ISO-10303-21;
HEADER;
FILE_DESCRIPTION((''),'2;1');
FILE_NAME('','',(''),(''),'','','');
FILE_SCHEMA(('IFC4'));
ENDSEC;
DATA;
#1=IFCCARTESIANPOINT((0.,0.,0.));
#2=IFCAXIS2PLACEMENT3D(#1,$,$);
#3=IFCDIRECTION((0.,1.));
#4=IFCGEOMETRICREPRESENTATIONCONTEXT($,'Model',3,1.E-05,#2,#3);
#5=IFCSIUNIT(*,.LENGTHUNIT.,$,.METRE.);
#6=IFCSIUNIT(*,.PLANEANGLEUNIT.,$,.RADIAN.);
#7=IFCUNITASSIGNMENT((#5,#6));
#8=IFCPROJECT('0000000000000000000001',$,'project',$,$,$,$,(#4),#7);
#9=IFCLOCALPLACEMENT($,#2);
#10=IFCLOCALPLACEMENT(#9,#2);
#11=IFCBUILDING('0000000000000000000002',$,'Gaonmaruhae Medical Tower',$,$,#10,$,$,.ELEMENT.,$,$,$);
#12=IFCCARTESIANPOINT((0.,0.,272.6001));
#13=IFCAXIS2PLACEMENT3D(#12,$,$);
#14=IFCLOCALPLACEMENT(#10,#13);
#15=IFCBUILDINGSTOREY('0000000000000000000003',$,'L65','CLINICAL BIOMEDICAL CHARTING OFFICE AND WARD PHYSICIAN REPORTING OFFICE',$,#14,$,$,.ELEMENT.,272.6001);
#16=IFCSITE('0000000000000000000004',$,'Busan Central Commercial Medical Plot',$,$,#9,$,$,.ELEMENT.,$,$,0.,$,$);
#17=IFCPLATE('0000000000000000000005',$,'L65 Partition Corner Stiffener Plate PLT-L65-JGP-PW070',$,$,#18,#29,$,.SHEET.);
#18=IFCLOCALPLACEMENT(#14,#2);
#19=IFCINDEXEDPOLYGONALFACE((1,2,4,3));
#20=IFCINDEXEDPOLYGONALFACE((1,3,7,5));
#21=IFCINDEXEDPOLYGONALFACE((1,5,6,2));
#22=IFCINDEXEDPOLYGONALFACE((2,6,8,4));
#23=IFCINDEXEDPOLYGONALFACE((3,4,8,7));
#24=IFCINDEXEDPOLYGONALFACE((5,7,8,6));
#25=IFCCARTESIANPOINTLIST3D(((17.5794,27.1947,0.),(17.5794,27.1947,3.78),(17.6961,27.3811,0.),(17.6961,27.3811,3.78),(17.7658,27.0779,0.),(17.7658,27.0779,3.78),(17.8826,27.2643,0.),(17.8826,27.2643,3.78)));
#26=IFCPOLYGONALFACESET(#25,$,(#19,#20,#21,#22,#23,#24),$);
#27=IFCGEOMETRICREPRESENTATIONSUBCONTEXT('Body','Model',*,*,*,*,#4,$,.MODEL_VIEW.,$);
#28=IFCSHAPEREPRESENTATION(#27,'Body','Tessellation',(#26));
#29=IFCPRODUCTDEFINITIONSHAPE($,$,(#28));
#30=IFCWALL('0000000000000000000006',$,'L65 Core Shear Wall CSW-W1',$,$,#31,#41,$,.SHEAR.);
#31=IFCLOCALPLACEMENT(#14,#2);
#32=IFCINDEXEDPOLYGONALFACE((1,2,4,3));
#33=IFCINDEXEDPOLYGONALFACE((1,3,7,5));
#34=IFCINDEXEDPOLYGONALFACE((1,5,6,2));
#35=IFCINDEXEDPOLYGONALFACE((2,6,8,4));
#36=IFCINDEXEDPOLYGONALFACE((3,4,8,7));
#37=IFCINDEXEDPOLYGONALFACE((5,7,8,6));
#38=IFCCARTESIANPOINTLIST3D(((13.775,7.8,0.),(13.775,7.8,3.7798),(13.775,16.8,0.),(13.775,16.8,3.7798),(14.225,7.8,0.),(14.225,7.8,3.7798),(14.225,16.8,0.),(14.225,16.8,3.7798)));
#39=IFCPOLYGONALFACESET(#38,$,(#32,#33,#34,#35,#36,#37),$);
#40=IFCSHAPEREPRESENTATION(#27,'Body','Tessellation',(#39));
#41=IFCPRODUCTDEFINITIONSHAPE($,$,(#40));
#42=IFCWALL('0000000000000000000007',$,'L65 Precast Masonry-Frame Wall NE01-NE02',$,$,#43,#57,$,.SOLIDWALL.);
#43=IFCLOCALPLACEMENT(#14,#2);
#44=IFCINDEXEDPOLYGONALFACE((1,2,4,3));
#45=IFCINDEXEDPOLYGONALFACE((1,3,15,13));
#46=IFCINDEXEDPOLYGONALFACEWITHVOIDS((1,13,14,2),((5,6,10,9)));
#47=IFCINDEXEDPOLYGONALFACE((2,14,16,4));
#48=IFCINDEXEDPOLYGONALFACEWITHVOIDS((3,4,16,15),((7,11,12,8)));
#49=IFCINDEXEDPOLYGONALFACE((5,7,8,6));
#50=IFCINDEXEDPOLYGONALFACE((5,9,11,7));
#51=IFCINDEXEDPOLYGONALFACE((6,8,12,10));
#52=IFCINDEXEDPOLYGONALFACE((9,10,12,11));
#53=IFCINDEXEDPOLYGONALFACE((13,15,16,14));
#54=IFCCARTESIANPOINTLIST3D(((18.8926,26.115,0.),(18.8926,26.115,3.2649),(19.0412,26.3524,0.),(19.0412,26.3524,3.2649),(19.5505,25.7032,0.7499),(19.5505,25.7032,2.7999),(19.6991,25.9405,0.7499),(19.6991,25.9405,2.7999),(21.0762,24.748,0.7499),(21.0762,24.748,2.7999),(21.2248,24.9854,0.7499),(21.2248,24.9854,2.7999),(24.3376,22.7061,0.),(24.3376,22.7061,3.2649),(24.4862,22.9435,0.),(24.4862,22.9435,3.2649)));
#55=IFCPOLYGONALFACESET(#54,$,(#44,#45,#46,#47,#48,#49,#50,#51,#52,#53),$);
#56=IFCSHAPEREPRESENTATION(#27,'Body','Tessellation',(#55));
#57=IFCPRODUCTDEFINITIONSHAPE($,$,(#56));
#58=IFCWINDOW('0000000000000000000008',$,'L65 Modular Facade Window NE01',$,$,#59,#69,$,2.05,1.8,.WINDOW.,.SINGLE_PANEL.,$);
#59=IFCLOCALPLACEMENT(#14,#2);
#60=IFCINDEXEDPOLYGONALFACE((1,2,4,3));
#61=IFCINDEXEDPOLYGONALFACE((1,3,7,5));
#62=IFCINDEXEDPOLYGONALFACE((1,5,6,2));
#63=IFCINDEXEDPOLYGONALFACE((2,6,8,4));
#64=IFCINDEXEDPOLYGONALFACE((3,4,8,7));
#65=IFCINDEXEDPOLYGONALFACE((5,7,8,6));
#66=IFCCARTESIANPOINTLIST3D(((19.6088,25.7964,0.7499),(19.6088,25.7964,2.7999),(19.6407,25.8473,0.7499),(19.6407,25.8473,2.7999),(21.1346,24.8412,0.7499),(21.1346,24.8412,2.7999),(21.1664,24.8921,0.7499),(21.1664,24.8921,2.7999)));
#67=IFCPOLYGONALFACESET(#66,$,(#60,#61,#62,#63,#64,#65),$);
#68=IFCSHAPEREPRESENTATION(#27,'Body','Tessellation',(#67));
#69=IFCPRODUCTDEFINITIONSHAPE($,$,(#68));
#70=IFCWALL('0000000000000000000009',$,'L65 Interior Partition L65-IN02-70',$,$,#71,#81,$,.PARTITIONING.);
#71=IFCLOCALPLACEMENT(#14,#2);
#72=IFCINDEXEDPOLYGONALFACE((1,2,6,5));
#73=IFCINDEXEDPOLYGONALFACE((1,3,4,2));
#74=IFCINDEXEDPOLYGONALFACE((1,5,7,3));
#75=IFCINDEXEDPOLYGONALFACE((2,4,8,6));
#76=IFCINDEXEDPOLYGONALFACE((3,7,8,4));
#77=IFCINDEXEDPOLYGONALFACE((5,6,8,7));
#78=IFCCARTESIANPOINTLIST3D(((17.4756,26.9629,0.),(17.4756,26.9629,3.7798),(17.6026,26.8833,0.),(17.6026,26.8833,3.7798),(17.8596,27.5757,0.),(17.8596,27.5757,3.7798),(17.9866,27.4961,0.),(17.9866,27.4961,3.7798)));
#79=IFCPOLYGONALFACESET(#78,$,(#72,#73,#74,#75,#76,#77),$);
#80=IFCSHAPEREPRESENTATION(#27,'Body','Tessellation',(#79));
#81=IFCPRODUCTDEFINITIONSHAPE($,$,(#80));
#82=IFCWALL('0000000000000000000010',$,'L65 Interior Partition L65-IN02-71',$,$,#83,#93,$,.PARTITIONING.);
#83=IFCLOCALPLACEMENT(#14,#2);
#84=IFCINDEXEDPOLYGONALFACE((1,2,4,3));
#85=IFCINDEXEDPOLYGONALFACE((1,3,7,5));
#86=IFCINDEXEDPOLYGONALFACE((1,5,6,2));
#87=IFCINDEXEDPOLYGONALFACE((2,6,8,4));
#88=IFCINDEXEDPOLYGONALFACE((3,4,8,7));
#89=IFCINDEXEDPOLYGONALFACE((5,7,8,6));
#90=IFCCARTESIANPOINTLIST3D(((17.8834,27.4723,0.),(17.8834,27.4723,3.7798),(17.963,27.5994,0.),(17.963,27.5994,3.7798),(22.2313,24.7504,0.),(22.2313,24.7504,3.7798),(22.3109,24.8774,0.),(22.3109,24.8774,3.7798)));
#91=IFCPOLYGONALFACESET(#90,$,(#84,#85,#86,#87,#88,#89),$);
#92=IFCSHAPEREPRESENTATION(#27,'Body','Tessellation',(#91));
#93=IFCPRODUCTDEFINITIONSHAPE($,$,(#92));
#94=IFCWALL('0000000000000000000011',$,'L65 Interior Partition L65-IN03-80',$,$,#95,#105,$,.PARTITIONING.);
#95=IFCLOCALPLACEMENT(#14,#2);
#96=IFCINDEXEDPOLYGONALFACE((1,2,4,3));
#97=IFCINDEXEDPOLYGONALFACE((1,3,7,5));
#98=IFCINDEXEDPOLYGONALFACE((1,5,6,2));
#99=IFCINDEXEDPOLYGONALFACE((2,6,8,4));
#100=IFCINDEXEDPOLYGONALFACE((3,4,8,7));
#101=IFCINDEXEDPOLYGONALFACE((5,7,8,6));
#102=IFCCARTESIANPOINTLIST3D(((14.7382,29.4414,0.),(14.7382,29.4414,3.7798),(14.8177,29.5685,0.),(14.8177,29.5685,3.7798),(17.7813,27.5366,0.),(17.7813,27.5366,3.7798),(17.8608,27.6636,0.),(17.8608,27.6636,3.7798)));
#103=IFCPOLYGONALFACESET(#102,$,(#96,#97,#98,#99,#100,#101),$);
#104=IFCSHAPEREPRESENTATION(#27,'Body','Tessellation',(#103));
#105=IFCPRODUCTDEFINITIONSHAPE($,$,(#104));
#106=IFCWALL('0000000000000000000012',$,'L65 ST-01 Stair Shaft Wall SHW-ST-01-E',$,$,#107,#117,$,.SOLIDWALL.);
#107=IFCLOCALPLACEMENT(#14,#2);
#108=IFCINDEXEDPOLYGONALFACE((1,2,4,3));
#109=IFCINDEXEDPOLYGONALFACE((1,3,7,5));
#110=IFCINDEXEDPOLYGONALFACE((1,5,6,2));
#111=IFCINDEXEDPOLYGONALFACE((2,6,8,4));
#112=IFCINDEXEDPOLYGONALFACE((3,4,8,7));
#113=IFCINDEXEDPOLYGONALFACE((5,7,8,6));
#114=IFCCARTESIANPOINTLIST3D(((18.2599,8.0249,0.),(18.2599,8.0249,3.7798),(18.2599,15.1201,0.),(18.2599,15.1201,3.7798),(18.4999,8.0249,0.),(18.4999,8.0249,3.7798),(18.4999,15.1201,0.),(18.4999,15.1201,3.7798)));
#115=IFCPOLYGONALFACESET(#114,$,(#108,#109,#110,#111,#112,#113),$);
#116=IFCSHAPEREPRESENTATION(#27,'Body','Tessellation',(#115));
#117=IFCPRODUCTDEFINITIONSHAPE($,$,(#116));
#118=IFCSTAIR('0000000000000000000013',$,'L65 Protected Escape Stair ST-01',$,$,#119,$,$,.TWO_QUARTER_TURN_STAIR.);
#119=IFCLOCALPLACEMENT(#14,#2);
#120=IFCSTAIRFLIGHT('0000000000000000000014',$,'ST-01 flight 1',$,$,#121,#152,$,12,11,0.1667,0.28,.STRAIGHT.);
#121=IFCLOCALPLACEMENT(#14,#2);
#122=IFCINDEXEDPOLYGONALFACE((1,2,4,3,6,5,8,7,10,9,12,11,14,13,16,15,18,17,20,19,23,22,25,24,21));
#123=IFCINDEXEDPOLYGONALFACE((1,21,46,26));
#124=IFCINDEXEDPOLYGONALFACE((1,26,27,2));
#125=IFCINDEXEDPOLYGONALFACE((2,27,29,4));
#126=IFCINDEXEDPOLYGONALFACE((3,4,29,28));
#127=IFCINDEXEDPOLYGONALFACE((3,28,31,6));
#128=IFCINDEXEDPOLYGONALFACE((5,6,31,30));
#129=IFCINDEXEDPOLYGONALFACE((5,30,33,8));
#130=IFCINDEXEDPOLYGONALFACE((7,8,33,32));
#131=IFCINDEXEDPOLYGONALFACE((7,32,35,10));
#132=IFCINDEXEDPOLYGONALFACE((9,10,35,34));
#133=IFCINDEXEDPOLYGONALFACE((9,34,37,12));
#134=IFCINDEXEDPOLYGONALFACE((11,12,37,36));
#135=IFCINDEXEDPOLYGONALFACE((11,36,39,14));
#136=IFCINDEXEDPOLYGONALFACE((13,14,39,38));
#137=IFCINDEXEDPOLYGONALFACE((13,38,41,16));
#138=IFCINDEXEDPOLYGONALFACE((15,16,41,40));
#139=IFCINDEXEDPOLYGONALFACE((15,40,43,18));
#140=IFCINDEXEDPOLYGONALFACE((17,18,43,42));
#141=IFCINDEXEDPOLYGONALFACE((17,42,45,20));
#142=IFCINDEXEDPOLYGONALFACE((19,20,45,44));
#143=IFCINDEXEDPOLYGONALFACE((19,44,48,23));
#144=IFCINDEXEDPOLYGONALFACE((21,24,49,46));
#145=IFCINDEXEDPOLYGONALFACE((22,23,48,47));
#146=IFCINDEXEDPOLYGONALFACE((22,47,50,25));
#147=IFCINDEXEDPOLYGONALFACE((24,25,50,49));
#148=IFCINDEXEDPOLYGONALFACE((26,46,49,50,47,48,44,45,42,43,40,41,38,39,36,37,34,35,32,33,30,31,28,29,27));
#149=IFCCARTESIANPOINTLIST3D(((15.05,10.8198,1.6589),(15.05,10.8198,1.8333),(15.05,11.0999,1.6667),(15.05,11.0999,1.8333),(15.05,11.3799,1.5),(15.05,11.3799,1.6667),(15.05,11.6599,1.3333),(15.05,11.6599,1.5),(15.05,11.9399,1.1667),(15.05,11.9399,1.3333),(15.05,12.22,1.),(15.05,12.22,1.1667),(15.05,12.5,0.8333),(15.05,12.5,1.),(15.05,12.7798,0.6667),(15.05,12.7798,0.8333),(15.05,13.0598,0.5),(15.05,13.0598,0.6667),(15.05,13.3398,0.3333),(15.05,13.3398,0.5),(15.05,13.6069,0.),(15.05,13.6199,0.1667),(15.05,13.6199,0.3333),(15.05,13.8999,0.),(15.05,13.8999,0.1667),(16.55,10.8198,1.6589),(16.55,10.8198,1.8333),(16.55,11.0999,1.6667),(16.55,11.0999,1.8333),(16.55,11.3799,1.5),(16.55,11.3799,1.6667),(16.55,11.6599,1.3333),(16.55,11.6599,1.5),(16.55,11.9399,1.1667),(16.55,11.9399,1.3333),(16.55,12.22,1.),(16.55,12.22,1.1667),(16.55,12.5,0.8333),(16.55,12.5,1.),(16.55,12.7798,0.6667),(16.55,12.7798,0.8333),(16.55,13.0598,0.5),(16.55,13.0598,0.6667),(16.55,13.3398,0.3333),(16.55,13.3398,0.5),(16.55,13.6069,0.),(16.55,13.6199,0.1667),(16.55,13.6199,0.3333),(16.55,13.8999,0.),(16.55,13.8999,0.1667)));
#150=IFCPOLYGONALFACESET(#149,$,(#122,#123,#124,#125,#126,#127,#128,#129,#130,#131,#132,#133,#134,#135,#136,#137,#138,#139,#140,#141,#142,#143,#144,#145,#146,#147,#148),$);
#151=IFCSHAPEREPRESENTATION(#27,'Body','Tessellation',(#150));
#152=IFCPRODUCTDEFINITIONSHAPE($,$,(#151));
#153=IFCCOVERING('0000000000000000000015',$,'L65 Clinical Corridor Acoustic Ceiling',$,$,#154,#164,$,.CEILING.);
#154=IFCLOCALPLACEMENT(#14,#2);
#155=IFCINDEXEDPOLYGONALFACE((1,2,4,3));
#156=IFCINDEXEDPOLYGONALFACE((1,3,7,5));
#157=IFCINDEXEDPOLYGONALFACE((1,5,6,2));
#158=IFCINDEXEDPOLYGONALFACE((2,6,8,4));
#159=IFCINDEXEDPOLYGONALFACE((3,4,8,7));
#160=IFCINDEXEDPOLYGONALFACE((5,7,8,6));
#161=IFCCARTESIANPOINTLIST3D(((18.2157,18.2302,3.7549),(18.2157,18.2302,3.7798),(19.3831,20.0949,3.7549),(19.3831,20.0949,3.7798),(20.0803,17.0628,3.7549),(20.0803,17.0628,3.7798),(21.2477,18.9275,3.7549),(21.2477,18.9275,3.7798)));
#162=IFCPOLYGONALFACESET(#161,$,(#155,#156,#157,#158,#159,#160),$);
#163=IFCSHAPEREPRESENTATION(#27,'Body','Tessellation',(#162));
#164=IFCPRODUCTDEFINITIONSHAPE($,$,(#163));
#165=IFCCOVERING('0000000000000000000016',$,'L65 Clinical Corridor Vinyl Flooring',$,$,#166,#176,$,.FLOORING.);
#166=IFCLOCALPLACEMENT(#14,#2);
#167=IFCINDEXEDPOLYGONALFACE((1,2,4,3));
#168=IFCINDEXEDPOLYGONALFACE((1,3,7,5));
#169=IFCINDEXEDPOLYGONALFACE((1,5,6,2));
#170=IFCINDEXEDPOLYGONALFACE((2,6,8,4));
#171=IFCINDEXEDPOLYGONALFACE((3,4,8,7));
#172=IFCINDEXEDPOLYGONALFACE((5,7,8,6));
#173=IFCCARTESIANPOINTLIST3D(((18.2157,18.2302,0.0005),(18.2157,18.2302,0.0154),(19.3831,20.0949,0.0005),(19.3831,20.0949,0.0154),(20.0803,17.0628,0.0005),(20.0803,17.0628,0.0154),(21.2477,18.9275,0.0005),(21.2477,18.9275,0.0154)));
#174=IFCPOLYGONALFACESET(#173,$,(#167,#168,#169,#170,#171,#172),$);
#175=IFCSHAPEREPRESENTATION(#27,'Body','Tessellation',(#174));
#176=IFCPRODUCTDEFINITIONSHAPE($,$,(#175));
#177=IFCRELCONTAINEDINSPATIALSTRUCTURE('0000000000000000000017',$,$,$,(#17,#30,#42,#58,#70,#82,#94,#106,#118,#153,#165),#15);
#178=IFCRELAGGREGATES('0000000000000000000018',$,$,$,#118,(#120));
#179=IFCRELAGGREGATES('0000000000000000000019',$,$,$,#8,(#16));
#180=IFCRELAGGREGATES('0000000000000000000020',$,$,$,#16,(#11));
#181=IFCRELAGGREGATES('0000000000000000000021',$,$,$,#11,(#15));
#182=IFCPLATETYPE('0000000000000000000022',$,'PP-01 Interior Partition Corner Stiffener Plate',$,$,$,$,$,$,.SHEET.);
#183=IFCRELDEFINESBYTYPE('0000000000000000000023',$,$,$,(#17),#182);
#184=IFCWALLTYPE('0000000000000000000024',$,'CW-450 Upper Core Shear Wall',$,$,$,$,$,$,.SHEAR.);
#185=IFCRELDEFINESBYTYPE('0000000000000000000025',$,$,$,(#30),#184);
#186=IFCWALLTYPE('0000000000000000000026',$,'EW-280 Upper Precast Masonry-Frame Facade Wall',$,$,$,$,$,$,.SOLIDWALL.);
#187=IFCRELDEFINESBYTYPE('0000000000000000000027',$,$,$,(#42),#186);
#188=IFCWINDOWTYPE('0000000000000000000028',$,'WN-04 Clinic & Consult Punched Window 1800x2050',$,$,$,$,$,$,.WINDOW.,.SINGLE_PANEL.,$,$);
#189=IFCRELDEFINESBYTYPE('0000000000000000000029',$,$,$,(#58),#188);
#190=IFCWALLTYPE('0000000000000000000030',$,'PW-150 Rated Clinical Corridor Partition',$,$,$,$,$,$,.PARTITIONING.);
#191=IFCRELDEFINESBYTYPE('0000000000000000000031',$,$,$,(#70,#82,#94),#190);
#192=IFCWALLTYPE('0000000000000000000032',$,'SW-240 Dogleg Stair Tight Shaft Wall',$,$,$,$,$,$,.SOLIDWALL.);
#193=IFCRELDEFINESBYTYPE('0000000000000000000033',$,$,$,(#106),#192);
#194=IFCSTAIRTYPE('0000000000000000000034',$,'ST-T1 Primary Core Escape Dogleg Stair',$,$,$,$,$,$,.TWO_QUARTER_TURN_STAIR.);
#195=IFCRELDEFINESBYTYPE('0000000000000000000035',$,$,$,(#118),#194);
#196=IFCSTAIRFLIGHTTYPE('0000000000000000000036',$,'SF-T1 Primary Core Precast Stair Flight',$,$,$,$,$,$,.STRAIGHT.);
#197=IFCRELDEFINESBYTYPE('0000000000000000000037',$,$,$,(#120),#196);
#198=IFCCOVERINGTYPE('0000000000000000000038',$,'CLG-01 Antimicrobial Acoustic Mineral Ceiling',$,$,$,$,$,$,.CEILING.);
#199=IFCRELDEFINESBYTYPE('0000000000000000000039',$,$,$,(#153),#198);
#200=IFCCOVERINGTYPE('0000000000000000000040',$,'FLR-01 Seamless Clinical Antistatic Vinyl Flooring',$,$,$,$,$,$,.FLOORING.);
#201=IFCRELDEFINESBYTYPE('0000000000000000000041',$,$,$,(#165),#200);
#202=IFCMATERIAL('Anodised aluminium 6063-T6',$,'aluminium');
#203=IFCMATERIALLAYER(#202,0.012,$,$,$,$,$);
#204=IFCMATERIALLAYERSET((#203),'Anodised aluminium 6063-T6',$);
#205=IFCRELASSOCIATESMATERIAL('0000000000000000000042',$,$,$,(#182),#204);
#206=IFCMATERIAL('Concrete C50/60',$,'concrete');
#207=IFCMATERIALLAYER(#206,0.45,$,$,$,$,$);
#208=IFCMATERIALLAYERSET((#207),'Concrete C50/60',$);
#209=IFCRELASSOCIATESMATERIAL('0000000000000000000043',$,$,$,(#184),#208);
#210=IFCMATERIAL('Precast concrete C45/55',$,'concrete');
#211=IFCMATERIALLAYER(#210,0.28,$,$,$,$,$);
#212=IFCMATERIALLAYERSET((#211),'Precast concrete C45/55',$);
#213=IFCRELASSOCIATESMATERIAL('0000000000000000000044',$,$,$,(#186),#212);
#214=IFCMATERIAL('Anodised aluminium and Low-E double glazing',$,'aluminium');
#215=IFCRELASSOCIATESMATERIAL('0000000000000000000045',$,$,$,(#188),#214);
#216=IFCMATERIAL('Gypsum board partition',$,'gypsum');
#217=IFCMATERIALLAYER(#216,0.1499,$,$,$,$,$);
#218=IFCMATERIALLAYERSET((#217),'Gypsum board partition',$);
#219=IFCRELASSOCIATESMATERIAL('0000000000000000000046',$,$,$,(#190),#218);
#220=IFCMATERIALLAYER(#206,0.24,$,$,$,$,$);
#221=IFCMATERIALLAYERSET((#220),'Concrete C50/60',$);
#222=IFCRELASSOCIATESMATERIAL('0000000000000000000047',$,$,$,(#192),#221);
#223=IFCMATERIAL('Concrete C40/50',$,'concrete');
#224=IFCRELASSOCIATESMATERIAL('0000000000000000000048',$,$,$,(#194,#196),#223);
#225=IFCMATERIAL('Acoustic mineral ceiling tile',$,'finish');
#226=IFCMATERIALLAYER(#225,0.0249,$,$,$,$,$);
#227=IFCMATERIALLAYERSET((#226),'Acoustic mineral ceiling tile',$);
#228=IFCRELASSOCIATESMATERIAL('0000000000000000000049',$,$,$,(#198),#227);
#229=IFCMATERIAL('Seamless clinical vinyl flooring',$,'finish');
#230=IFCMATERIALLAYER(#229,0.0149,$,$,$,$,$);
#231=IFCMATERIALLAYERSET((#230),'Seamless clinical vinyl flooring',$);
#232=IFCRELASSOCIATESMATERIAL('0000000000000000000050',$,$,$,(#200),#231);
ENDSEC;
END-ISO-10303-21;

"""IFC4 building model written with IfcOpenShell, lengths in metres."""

from ifc_helpers import new_model, si_unit, direction, frame, frame_2d, origin, origin_2d, place, context, subcontext, project, spatial, polyline, rectangle, outline, extrude, material, layer, layer_set, type_object, element, fill, aggregate, save


model = new_model("IFC4")

# Units and contexts
model_context = context("Model", 3, precision=1e-05, world=origin(), true_north=direction((0.0, 1.0)))
body_context = subcontext(model_context, "Body", "Model", "MODEL_VIEW")
ifc_project = project(units=[si_unit("LENGTHUNIT", "METRE"), si_unit("PLANEANGLEUNIT", "RADIAN")], contexts=[model_context])

# Site, building, storey
site_placement = place(None, origin())
site = spatial("IfcSite", under=ifc_project, at=site_placement, Name="Busan Central Commercial Medical Plot", CompositionType="ELEMENT", RefElevation=0.0)
building_placement = place(site_placement, origin())
building = spatial("IfcBuilding", under=site, at=building_placement, Name="Gaonmaruhae Medical Tower", CompositionType="ELEMENT")
storey_placement = place(building_placement, frame((0.0, 0.0, 272.6001)))
storey = spatial("IfcBuildingStorey", under=building, at=storey_placement, Name="L65", Description="CLINICAL BIOMEDICAL CHARTING OFFICE AND WARD PHYSICIAN REPORTING OFFICE", CompositionType="ELEMENT", Elevation=272.6001)

# Shared definitions
ifc_material_1 = material(Name="Concrete C50/60", Category="concrete")

# Plate
ifc_material_2 = material(Name="Anodised aluminium 6063-T6", Category="aluminium")
ifc_layer_1 = layer(ifc_material_2, 0.012)
ifc_layer_set_1 = layer_set([ifc_layer_1], Name="Anodised aluminium 6063-T6")
plate_type = type_object("IfcPlateType", Name="PP-01 Interior Partition Corner Stiffener Plate", PredefinedType="SHEET", material=ifc_layer_set_1)
plate_placement = place(storey_placement, frame((17.731, 27.2295, 0.0), z_axis=(0.0, 0.0, 1.0), x_axis=(0.530866, 0.847456, 0.0)))
element("IfcPlate", 1, at=plate_placement, inside=storey, type_object=plate_type, Name="L65 Partition Corner Stiffener Plate PLT-L65-JGP-PW070", PredefinedType="SHEET", context=body_context, shape_type="SweptSolid", body=[
    extrude(rectangle(XDim=0.22, YDim=0.22, at=origin_2d()), origin(), (0.0, 0.0, 1.0), 3.78),
])

# Wall
ifc_layer_2 = layer(ifc_material_1, 0.45)
ifc_layer_set_2 = layer_set([ifc_layer_2], Name="Concrete C50/60")
wall_type_1 = type_object("IfcWallType", Name="CW-450 Upper Core Shear Wall", PredefinedType="SHEAR", material=ifc_layer_set_2)
wall_1_placement = place(storey_placement, frame((14.0, 16.8, 0.0), z_axis=(0.0, 0.0, 1.0), x_axis=(0.0, -1.0, 0.0)))
element("IfcWall", 2, at=wall_1_placement, inside=storey, type_object=wall_type_1, Name="L65 Core Shear Wall CSW-W1", PredefinedType="SHEAR", context=body_context, shape_type="SweptSolid", body=[
    extrude(rectangle(XDim=9.0, YDim=0.45, at=frame_2d((4.5, 0.0))), origin(), (0.0, 0.0, 1.0), 3.7798),
])

# Wall, opening, window
ifc_material_3 = material(Name="Precast concrete C45/55", Category="concrete")
ifc_layer_3 = layer(ifc_material_3, 0.28)
ifc_layer_set_3 = layer_set([ifc_layer_3], Name="Precast concrete C45/55")
wall_type_2 = type_object("IfcWallType", Name="EW-280 Upper Precast Masonry-Frame Facade Wall", PredefinedType="SOLIDWALL", material=ifc_layer_set_3)
wall_2_placement = place(storey_placement, frame((18.967, 26.2336, 0.0), z_axis=(0.0, 0.0, 1.0), x_axis=(0.847595, -0.530644, 0.0)))
wall_2 = element("IfcWall", 3, at=wall_2_placement, inside=storey, type_object=wall_type_2, Name="L65 Precast Masonry-Frame Wall NE01-NE02", PredefinedType="SOLIDWALL", context=body_context, shape_type="SweptSolid", body=[
    extrude(rectangle(XDim=6.4241, YDim=0.28, at=frame_2d((3.2119, 0.0))), origin(), (0.0, 0.0, 1.0), 3.2649),
])
opening_1_placement = place(wall_2_placement, frame((0.7761, 0.0, 0.75)))
opening_1 = element("IfcOpeningElement", 4, at=opening_1_placement, cuts=wall_2, PredefinedType="OPENING", context=body_context, shape_type="SweptSolid", body=[
    extrude(rectangle(XDim=1.8, YDim=2.05, at=frame_2d((0.8999, 1.0249))), frame((0.0, 0.1499, 0.0), z_axis=(0.0, -1.0, 0.0), x_axis=(1.0, 0.0, 0.0)), (0.0, 0.0, 1.0), 0.3),
])
ifc_material_4 = material(Name="Anodised aluminium and Low-E double glazing", Category="aluminium")
window_type = type_object("IfcWindowType", Name="WN-04 Clinic & Consult Punched Window 1800x2050", PartitioningType="SINGLE_PANEL", PredefinedType="WINDOW", material=ifc_material_4)
window_placement = place(opening_1_placement, origin())
window = element("IfcWindow", 5, at=window_placement, inside=storey, type_object=window_type, Name="L65 Modular Facade Window NE01", OverallHeight=2.05, OverallWidth=1.8, PartitioningType="SINGLE_PANEL", PredefinedType="WINDOW", context=body_context, shape_type="SweptSolid", body=[
    extrude(rectangle(XDim=1.8, YDim=2.05, at=frame_2d((0.8999, 1.0249))), frame((0.0, 0.03, 0.0), z_axis=(0.0, -1.0, 0.0), x_axis=(1.0, 0.0, 0.0)), (0.0, 0.0, 1.0), 0.0601),
])
fill(opening_1, window)

# Walls
ifc_material_5 = material(Name="Gypsum board partition", Category="gypsum")
ifc_layer_4 = layer(ifc_material_5, 0.1499)
ifc_layer_set_4 = layer_set([ifc_layer_4], Name="Gypsum board partition")
wall_type_3 = type_object("IfcWallType", Name="PW-150 Rated Clinical Corridor Partition", PredefinedType="PARTITIONING", material=ifc_layer_set_4)
wall_3_placement = place(storey_placement, frame((17.5391, 26.9231, 0.0), z_axis=(0.0, 0.0, 1.0), x_axis=(0.53103, 0.847353, 0.0)))
element("IfcWall", 6, at=wall_3_placement, inside=storey, type_object=wall_type_3, Name="L65 Interior Partition L65-IN02-70", PredefinedType="PARTITIONING", context=body_context, shape_type="SweptSolid", body=[
    extrude(rectangle(XDim=0.7231, YDim=0.1499, at=frame_2d((0.3616, 0.0))), origin(), (0.0, 0.0, 1.0), 3.7798),
])
wall_4_placement = place(storey_placement, frame((17.9231, 27.5359, 0.0), z_axis=(0.0, 0.0, 1.0), x_axis=(0.847605, -0.530628, 0.0)))
element("IfcWall", 7, at=wall_4_placement, inside=storey, type_object=wall_type_3, Name="L65 Interior Partition L65-IN02-71", PredefinedType="PARTITIONING", context=body_context, shape_type="SweptSolid", body=[
    extrude(rectangle(XDim=5.1296, YDim=0.1499, at=frame_2d((2.5649, 0.0))), origin(), (0.0, 0.0, 1.0), 3.7798),
])
wall_5_placement = place(storey_placement, frame((14.7781, 29.5049, 0.0), z_axis=(0.0, 0.0, 1.0), x_axis=(0.847631, -0.530586, 0.0)))
element("IfcWall", 8, at=wall_5_placement, inside=storey, type_object=wall_type_3, Name="L65 Interior Partition L65-IN03-80", PredefinedType="PARTITIONING", context=body_context, shape_type="SweptSolid", body=[
    extrude(rectangle(XDim=3.5901, YDim=0.1499, at=frame_2d((1.7949, 0.0))), origin(), (0.0, 0.0, 1.0), 3.7798),
])

# Shared definitions
ifc_layer_5 = layer(ifc_material_1, 0.24)
ifc_layer_set_5 = layer_set([ifc_layer_5], Name="Concrete C50/60")
wall_type_4 = type_object("IfcWallType", Name="SW-240 Dogleg Stair Tight Shaft Wall", PredefinedType="SOLIDWALL", material=ifc_layer_set_5)

# Wall
wall_6_placement = place(storey_placement, frame((18.3799, 15.1201, 0.0), z_axis=(0.0, 0.0, 1.0), x_axis=(0.0, -1.0, 0.0)))
element("IfcWall", 9, at=wall_6_placement, inside=storey, type_object=wall_type_4, Name="L65 ST-01 Stair Shaft Wall SHW-ST-01-E", PredefinedType="SOLIDWALL", context=body_context, shape_type="SweptSolid", body=[
    extrude(rectangle(XDim=7.0952, YDim=0.24, at=frame_2d((3.5476, 0.0))), origin(), (0.0, 0.0, 1.0), 3.7798),
])

# Stair, stair flight
ifc_material_6 = material(Name="Concrete C40/50", Category="concrete")
stair_type = type_object("IfcStairType", Name="ST-T1 Primary Core Escape Dogleg Stair", PredefinedType="TWO_QUARTER_TURN_STAIR", material=ifc_material_6)
stair_placement = place(storey_placement, origin())
stair = element("IfcStair", 10, at=stair_placement, inside=storey, type_object=stair_type, Name="L65 Protected Escape Stair ST-01", PredefinedType="TWO_QUARTER_TURN_STAIR")
stair_flight_type = type_object("IfcStairFlightType", Name="SF-T1 Primary Core Precast Stair Flight", PredefinedType="STRAIGHT", material=ifc_material_6)
stair_flight_placement = place(storey_placement, frame((15.8, 13.8999, 0.0), z_axis=(0.0, 0.0, 1.0), x_axis=(0.0, -1.0, 0.0)))
stair_flight = element("IfcStairFlight", 11, at=stair_flight_placement, type_object=stair_flight_type, Name="ST-01 flight 1", NumberOfRisers=12, NumberOfTreads=11, PredefinedType="STRAIGHT", RiserHeight=0.1667, TreadLength=0.28, context=body_context, shape_type="SweptSolid", body=[
    extrude(outline(polyline([(0.0, 0.0), (0.0, 0.1667), (0.28, 0.1667), (0.28, 0.3333), (0.5601, 0.3333), (0.5601, 0.5), (0.8401, 0.5), (0.8401, 0.6667), (1.1201, 0.6667), (1.1201, 0.8333), (1.3999, 0.8333), (1.3999, 1.0), (1.6799, 1.0), (1.6799, 1.1667), (1.96, 1.1667), (1.96, 1.3333), (2.24, 1.3333), (2.24, 1.5), (2.52, 1.5), (2.52, 1.6667), (2.8, 1.6667), (2.8, 1.8333), (3.0801, 1.8333), (3.0801, 2.0), (3.0801, 1.6589), (0.293, 0.0), (0.0, 0.0)])), frame((0.0, 0.75, 0.0), z_axis=(0.0, -1.0, 0.0), x_axis=(1.0, 0.0, 0.0)), (0.0, 0.0, 1.0), 1.5),
])
aggregate(stair, [stair_flight])

# Coverings
ifc_material_7 = material(Name="Acoustic mineral ceiling tile", Category="finish")
ifc_layer_6 = layer(ifc_material_7, 0.0249)
ifc_layer_set_6 = layer_set([ifc_layer_6], Name="Acoustic mineral ceiling tile")
covering_type_1 = type_object("IfcCoveringType", Name="CLG-01 Antimicrobial Acoustic Mineral Ceiling", PredefinedType="CEILING", material=ifc_layer_set_6)
covering_1_placement = place(storey_placement, frame((19.7317, 18.5789, 3.7549), z_axis=(0.0, 0.0, 1.0), x_axis=(0.530659, 0.847585, 0.0)))
element("IfcCovering", 12, at=covering_1_placement, inside=storey, type_object=covering_type_1, Name="L65 Clinical Corridor Acoustic Ceiling", PredefinedType="CEILING", context=body_context, shape_type="SweptSolid", body=[
    extrude(rectangle(XDim=2.2, YDim=2.2, at=origin_2d()), origin(), (0.0, 0.0, 1.0), 0.0249),
])
ifc_material_8 = material(Name="Seamless clinical vinyl flooring", Category="finish")
ifc_layer_7 = layer(ifc_material_8, 0.0149)
ifc_layer_set_7 = layer_set([ifc_layer_7], Name="Seamless clinical vinyl flooring")
covering_type_2 = type_object("IfcCoveringType", Name="FLR-01 Seamless Clinical Antistatic Vinyl Flooring", PredefinedType="FLOORING", material=ifc_layer_set_7)
covering_2_placement = place(storey_placement, frame((19.7317, 18.5789, 0.0005), z_axis=(0.0, 0.0, 1.0), x_axis=(0.530659, 0.847585, 0.0)))
element("IfcCovering", 13, at=covering_2_placement, inside=storey, type_object=covering_type_2, Name="L65 Clinical Corridor Vinyl Flooring", PredefinedType="FLOORING", context=body_context, shape_type="SweptSolid", body=[
    extrude(rectangle(XDim=2.2, YDim=2.2, at=origin_2d()), origin(), (0.0, 0.0, 1.0), 0.0149),
])

save(model, "model.ifc")
